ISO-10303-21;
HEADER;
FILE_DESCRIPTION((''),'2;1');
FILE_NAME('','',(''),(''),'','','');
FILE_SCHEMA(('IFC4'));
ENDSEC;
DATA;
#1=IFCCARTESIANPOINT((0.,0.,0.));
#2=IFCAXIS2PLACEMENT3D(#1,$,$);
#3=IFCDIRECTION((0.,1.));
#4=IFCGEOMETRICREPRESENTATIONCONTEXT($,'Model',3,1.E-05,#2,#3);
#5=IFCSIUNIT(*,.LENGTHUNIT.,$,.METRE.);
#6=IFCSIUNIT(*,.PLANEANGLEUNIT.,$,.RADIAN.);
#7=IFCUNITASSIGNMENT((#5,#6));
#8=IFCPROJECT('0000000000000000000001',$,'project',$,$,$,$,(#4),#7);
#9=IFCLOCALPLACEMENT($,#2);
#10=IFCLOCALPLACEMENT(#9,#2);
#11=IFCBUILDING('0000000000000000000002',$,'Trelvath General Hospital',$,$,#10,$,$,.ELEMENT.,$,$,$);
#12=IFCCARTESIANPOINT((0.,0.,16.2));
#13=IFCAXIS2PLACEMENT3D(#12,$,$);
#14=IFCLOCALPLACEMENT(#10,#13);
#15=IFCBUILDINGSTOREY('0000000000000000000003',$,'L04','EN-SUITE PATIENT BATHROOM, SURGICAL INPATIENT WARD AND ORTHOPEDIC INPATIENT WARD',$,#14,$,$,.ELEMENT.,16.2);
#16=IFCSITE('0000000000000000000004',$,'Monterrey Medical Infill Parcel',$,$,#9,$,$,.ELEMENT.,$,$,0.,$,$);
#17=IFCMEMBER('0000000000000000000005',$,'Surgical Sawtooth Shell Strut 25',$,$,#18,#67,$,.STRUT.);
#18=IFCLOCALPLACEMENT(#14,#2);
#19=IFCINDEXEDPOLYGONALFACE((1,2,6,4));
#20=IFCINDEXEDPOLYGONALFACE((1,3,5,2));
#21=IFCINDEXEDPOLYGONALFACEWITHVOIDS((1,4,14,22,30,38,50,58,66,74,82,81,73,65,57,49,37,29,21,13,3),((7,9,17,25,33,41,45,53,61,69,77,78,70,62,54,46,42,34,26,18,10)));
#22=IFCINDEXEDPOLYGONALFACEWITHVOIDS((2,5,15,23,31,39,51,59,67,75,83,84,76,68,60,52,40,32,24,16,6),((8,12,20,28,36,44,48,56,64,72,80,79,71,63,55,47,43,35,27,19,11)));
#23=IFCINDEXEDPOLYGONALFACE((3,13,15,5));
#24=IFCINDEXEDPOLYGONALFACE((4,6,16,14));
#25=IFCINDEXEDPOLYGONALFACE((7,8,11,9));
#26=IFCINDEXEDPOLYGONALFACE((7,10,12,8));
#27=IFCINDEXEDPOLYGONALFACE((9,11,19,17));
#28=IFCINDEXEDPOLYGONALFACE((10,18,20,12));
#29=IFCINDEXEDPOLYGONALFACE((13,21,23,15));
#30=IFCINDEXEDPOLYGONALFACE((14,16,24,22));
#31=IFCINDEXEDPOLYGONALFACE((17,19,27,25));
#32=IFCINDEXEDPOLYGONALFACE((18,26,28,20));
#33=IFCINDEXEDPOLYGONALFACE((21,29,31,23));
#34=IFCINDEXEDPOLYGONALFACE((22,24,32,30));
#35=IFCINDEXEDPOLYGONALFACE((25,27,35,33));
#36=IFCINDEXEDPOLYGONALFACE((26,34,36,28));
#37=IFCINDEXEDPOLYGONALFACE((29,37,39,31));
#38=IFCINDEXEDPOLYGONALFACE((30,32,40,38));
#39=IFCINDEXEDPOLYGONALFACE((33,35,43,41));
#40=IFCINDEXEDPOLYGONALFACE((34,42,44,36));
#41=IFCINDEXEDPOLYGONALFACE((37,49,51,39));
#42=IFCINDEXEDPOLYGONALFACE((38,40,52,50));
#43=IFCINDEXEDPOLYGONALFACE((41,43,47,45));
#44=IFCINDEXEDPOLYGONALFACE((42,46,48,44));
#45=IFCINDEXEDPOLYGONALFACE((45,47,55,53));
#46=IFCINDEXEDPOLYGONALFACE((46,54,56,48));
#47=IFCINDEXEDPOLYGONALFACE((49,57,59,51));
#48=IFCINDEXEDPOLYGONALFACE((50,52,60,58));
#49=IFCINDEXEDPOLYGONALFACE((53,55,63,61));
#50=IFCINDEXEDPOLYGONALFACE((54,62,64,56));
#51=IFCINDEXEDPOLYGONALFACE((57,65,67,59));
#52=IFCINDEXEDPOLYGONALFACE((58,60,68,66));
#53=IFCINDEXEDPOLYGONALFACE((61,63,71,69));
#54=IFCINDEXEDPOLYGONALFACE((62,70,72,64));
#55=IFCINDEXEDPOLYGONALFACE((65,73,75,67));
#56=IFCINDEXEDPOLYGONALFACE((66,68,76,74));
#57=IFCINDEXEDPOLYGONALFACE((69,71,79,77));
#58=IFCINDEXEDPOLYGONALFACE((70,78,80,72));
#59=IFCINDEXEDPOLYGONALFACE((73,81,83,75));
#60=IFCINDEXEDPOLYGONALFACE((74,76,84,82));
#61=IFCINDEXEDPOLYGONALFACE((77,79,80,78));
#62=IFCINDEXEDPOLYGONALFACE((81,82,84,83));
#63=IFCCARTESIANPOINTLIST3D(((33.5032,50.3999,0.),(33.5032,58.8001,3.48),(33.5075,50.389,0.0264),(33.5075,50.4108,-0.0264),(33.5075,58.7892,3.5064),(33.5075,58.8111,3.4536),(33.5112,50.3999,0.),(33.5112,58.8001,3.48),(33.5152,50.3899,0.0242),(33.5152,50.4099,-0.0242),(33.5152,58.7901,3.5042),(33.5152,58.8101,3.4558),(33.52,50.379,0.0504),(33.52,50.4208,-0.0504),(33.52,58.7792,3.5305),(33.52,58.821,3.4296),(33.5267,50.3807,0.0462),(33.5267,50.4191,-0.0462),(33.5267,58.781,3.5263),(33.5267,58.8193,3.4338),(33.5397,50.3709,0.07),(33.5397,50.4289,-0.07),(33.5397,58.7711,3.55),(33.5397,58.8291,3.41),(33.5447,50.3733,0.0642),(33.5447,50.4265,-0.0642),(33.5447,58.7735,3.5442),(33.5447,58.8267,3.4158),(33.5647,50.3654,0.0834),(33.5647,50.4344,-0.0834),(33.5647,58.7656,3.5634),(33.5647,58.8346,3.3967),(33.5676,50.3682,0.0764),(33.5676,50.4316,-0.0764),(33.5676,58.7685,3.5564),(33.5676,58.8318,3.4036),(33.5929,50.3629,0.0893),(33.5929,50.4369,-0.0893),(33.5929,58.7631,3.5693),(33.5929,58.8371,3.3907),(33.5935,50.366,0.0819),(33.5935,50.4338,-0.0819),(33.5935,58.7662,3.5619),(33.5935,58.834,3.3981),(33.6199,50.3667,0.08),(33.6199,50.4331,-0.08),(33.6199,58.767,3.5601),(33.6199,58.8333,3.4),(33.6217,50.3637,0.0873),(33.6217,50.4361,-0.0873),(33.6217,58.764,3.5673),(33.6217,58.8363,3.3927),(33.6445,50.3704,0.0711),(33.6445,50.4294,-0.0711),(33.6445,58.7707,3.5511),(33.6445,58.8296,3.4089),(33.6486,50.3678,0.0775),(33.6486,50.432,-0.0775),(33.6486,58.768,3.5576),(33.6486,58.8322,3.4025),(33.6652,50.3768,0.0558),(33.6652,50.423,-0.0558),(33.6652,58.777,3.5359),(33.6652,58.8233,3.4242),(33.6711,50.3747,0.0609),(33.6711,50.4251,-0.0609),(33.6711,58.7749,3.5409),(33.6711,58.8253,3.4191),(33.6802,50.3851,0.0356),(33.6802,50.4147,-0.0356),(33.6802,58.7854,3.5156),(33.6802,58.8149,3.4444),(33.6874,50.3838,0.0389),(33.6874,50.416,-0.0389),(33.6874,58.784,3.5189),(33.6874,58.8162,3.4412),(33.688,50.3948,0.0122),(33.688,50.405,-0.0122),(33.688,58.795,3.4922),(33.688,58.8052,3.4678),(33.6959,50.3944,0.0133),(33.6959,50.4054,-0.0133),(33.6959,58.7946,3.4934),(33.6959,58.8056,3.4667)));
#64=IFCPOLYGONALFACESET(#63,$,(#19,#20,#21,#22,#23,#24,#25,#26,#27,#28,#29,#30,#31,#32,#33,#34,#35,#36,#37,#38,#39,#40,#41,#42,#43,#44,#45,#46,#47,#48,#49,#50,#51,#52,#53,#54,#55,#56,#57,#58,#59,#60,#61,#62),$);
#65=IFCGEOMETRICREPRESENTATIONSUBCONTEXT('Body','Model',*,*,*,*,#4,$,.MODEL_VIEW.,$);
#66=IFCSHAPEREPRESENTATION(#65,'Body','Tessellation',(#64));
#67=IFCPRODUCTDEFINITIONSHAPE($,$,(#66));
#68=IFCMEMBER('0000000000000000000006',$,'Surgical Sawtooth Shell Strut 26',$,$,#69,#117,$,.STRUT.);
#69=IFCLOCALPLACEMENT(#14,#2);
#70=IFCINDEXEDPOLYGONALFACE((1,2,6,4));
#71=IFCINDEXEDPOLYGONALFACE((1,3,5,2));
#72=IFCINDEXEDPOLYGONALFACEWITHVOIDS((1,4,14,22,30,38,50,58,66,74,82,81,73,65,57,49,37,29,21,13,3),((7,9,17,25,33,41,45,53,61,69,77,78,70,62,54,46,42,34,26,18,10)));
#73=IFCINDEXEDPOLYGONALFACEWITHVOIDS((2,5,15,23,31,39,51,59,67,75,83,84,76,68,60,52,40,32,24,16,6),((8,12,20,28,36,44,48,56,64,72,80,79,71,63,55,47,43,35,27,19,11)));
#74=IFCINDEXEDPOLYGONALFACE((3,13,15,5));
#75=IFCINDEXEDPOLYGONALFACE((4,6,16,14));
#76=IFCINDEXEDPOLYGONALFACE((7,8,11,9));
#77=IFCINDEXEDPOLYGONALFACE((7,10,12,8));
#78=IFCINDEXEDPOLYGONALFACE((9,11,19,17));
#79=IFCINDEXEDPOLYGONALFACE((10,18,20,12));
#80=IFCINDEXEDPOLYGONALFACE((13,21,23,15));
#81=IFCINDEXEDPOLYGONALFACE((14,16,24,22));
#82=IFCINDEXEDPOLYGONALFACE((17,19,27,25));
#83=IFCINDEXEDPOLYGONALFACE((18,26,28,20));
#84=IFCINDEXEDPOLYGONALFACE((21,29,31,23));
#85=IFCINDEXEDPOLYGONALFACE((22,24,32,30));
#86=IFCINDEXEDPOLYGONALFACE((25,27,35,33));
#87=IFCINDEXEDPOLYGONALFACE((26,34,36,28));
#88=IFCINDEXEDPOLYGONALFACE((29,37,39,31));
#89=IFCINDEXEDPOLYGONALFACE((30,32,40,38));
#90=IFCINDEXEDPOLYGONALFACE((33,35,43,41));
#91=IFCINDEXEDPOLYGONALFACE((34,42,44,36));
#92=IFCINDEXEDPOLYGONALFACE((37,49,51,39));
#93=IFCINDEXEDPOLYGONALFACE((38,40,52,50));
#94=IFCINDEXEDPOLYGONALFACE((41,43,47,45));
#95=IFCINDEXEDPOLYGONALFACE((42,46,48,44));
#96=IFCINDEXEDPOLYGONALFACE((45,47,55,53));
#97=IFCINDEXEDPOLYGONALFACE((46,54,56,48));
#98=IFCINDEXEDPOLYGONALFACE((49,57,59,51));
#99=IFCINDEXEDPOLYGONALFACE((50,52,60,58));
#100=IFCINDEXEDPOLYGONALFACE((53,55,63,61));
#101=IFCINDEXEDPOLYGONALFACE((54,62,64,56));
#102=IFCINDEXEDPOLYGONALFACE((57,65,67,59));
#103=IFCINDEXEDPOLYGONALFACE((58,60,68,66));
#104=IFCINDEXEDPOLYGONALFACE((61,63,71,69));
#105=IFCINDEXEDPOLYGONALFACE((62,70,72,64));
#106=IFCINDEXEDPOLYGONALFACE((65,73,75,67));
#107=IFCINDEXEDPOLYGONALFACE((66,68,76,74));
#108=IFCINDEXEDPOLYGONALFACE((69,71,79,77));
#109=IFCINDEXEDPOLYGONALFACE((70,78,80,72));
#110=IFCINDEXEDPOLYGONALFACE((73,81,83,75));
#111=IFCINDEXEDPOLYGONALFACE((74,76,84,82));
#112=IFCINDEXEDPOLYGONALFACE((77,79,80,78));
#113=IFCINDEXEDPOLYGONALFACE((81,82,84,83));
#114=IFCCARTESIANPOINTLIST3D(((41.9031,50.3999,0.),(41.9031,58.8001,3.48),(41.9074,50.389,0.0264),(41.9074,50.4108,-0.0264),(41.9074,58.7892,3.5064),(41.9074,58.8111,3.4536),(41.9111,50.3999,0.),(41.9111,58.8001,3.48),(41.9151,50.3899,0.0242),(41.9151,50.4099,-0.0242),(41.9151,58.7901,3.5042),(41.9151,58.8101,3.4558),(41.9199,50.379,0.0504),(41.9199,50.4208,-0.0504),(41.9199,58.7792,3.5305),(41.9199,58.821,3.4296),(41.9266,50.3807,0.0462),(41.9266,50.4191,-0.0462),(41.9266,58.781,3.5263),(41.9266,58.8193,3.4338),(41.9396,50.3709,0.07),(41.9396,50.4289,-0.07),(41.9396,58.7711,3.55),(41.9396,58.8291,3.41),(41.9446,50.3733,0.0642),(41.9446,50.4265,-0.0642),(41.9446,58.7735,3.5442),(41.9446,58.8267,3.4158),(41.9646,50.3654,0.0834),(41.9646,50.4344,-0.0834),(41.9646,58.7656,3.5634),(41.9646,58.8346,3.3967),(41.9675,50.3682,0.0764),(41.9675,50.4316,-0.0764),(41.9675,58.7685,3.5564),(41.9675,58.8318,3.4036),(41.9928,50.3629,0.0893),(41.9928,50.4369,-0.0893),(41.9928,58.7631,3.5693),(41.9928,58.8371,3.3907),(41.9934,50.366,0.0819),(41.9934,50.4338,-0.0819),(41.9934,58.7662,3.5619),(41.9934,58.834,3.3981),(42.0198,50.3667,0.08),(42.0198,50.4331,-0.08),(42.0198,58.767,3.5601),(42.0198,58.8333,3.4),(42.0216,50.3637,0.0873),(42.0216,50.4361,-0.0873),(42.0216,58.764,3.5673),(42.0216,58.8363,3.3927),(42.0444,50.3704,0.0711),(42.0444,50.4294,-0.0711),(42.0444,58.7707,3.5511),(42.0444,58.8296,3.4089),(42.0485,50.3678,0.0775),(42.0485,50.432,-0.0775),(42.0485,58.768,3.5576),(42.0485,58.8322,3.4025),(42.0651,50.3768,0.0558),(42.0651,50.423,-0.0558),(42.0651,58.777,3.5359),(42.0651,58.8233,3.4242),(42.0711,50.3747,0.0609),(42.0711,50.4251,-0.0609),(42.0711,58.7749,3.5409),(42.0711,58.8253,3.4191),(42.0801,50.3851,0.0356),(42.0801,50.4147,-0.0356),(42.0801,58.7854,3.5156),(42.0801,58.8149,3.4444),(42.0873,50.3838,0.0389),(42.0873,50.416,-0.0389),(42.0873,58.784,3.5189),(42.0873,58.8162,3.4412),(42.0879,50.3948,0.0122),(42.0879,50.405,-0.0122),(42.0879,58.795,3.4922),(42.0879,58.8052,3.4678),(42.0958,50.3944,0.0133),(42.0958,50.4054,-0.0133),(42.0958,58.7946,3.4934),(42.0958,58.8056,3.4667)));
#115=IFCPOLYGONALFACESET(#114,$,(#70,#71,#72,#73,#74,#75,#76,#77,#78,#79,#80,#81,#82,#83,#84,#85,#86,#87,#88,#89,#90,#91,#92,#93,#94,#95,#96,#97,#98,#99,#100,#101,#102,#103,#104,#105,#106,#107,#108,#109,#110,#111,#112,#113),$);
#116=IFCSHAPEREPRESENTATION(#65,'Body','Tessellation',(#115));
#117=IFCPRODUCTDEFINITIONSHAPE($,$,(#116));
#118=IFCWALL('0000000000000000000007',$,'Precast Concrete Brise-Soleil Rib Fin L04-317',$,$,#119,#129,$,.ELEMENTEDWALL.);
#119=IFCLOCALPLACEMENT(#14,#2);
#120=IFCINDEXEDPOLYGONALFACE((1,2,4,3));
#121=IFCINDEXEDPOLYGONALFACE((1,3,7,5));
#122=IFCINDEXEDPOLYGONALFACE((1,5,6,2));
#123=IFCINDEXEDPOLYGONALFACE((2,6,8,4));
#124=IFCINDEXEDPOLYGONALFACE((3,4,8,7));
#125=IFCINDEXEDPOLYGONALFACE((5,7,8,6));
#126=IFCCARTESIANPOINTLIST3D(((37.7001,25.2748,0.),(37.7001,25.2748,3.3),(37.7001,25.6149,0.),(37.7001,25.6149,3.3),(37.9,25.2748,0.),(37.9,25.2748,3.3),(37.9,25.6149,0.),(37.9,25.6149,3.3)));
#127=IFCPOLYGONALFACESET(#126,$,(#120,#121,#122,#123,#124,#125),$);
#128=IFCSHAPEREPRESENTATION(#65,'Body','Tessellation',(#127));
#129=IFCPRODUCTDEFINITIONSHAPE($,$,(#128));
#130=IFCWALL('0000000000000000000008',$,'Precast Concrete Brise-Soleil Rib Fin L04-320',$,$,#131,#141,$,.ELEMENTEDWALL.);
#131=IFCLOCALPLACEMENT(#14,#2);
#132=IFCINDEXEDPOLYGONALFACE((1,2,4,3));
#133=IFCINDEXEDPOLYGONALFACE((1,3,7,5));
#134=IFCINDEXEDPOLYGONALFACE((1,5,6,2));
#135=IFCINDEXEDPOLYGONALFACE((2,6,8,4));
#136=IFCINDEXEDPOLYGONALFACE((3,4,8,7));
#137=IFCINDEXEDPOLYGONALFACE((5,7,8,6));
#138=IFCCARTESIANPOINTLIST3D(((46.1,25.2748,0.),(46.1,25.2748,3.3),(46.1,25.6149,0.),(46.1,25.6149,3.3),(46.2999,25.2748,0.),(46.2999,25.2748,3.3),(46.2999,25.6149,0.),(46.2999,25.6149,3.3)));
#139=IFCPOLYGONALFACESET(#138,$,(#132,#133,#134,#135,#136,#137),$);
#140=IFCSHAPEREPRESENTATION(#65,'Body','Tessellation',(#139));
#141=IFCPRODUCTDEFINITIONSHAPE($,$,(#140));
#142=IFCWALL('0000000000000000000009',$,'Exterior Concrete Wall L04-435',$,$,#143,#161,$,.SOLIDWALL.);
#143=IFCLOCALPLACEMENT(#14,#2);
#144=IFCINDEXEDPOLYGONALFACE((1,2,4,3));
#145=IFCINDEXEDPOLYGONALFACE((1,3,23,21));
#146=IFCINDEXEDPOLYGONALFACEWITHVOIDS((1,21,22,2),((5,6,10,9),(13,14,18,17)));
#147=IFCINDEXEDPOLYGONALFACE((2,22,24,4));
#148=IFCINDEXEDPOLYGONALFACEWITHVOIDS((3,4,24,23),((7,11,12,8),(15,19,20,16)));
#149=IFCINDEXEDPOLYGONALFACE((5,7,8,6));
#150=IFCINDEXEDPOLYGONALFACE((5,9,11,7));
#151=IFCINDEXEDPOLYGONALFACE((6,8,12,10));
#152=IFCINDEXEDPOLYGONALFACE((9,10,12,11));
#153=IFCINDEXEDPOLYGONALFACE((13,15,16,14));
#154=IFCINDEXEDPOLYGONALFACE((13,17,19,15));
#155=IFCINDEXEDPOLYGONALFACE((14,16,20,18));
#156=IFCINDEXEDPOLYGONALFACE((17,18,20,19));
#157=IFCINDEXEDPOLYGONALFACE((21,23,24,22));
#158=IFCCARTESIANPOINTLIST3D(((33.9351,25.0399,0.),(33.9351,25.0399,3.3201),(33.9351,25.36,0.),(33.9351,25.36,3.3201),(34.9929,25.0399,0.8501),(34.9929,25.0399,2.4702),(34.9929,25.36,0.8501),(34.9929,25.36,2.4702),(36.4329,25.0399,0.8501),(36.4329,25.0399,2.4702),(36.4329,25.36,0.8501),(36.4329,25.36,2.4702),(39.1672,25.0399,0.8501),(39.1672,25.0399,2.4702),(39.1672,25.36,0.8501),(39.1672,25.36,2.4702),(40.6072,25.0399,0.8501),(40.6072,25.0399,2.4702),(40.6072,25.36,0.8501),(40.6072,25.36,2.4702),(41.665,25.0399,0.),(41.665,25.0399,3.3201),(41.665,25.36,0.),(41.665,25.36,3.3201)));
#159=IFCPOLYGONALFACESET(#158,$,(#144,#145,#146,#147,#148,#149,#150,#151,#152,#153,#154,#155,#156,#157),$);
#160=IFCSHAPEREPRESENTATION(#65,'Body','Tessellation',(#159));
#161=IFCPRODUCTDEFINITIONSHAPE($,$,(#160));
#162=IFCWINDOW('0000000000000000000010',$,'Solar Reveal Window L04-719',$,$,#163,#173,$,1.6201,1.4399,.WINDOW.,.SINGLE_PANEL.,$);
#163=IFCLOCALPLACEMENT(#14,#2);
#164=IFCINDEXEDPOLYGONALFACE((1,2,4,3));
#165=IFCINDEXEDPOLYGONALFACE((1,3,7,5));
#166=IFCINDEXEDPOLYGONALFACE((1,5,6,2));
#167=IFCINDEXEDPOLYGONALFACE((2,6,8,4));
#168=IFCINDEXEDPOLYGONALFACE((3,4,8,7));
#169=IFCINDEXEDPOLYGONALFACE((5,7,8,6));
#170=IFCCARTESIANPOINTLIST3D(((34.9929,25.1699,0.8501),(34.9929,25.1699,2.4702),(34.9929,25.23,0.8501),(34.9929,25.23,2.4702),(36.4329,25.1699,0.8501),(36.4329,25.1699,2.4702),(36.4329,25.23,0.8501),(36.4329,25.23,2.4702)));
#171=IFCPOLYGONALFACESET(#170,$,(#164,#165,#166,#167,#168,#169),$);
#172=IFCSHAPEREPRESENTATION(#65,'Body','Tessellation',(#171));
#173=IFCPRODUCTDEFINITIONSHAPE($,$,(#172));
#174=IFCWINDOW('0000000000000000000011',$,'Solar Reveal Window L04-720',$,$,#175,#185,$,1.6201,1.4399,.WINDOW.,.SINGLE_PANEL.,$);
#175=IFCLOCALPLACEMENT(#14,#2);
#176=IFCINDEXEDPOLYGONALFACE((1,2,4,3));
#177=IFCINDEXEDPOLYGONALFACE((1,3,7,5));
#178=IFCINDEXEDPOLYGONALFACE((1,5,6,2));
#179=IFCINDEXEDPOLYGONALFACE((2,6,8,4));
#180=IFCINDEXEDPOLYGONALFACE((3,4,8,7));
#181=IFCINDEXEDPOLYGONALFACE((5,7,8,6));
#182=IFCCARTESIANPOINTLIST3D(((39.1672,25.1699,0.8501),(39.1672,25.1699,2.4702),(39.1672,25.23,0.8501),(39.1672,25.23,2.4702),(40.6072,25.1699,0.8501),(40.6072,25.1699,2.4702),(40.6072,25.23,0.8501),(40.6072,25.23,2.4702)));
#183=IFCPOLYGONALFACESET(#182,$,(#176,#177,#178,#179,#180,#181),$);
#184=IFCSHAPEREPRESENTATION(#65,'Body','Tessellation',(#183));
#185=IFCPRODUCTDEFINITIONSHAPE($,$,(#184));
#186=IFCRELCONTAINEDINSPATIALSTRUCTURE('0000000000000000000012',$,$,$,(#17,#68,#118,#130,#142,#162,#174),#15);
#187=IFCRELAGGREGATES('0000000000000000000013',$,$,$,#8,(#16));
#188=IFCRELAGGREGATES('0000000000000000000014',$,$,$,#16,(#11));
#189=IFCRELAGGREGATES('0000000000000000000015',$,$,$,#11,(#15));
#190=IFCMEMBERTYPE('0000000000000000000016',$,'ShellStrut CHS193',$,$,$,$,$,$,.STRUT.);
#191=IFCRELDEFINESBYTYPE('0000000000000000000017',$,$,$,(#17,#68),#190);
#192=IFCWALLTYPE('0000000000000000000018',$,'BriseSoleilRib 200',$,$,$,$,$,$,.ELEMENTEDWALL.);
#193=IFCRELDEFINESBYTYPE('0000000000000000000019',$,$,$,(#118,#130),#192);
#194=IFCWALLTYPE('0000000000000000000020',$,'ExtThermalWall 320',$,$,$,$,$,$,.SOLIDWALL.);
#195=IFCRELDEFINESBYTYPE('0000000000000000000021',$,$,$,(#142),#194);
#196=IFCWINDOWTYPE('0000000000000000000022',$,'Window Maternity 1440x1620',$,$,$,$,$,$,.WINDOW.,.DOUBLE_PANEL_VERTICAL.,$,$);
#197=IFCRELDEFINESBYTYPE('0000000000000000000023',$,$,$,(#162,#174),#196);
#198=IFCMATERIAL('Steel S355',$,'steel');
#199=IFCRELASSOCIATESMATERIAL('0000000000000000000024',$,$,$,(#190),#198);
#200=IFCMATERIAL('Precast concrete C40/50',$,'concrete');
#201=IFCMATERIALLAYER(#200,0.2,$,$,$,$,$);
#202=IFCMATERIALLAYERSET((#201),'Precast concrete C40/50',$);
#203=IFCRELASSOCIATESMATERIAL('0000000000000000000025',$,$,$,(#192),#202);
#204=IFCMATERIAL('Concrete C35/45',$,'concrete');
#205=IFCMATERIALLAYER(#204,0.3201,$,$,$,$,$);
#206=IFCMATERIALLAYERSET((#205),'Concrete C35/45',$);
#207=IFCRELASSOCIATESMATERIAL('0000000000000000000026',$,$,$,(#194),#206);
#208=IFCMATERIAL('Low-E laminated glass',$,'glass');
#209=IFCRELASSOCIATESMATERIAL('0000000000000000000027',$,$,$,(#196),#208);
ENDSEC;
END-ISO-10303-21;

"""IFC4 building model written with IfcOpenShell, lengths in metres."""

from ifc_helpers import new_model, si_unit, direction, frame, frame_2d, origin, origin_2d, place, context, subcontext, project, spatial, rectangle, hollow_circle, extrude, material, layer, layer_set, material_profile, profile_set, type_object, element, fill, save


model = new_model("IFC4")

# Units and contexts
model_context = context("Model", 3, precision=1e-05, world=origin(), true_north=direction((0.0, 1.0)))
body_context = subcontext(model_context, "Body", "Model", "MODEL_VIEW")
ifc_project = project(units=[si_unit("LENGTHUNIT", "METRE"), si_unit("PLANEANGLEUNIT", "RADIAN")], contexts=[model_context])

# Site, building, storey
site_placement = place(None, origin())
site = spatial("IfcSite", under=ifc_project, at=site_placement, Name="Monterrey Medical Infill Parcel", CompositionType="ELEMENT", RefElevation=0.0)
building_placement = place(site_placement, origin())
building = spatial("IfcBuilding", under=site, at=building_placement, Name="Trelvath General Hospital", CompositionType="ELEMENT")
storey_placement = place(building_placement, frame((0.0, 0.0, 16.2)))
storey = spatial("IfcBuildingStorey", under=building, at=storey_placement, Name="L04", Description="EN-SUITE PATIENT BATHROOM, SURGICAL INPATIENT WARD AND ORTHOPEDIC INPATIENT WARD", CompositionType="ELEMENT", Elevation=16.2)

# Members
ifc_material_1 = material(Name="Steel S355", Category="steel")
ifc_material_profile_1 = material_profile(ifc_material_1, hollow_circle(Radius=0.0969, WallThickness=0.0081, at=origin_2d()), Name="CHS193.7x8.0")
ifc_profile_set_1 = profile_set([ifc_material_profile_1], Name="Steel S355")
member_type_1 = type_object("IfcMemberType", Name="ShellStrut CHS193", PredefinedType="STRUT", material=ifc_profile_set_1)
for number, where, z_axis, x_axis, name in (
    (1, (33.6001, 50.3999, 0.0), (0.0, 0.923859, 0.382733), (-1.0, 0.0, 0.0), "Surgical Sawtooth Shell Strut 25"),
    (2, (42.0, 50.3999, 0.0), (0.0, 0.923859, 0.382733), (-1.0, 0.0, 0.0), "Surgical Sawtooth Shell Strut 26"),
):
    element("IfcMember", number, at=place(storey_placement, frame(where, z_axis=z_axis, x_axis=x_axis)), inside=storey, type_object=member_type_1, Name=name, PredefinedType="STRUT", context=body_context, shape_type="SweptSolid", body=[
        extrude(hollow_circle(Radius=0.0969, WallThickness=0.0081, at=origin_2d()), origin(), (0.0, 0.0, 1.0), 9.0925),
    ])

# Walls
ifc_material_2 = material(Name="Precast concrete C40/50", Category="concrete")
ifc_layer_1 = layer(ifc_material_2, 0.2)
ifc_layer_set_1 = layer_set([ifc_layer_1], Name="Precast concrete C40/50")
wall_type_1 = type_object("IfcWallType", Name="BriseSoleilRib 200", PredefinedType="ELEMENTEDWALL", material=ifc_layer_set_1)
for number, where, z_axis, x_axis, name in (
    (3, (37.8, 25.2749, 0.0), (0.0, 0.0, 1.0), (0.0, 1.0, 0.0), "Precast Concrete Brise-Soleil Rib Fin L04-317"),
    (4, (46.2, 25.2749, 0.0), (0.0, 0.0, 1.0), (0.0, 1.0, 0.0), "Precast Concrete Brise-Soleil Rib Fin L04-320"),
):
    element("IfcWall", number, at=place(storey_placement, frame(where, z_axis=z_axis, x_axis=x_axis)), inside=storey, type_object=wall_type_1, Name=name, PredefinedType="ELEMENTEDWALL", context=body_context, shape_type="SweptSolid", body=[
        extrude(rectangle(XDim=0.3401, YDim=0.2, at=frame_2d((0.1699, 0.0))), origin(), (0.0, 0.0, 1.0), 3.3),
    ])

# Wall, openings, windows
ifc_material_3 = material(Name="Concrete C35/45", Category="concrete")
ifc_layer_2 = layer(ifc_material_3, 0.3201)
ifc_layer_set_2 = layer_set([ifc_layer_2], Name="Concrete C35/45")
wall_type_2 = type_object("IfcWallType", Name="ExtThermalWall 320", PredefinedType="SOLIDWALL", material=ifc_layer_set_2)
wall_1_placement = place(storey_placement, frame((33.9351, 25.2, 0.0), z_axis=(0.0, 0.0, 1.0), x_axis=(1.0, 0.0, 0.0)))
wall_1 = element("IfcWall", 5, at=wall_1_placement, inside=storey, type_object=wall_type_2, Name="Exterior Concrete Wall L04-435", PredefinedType="SOLIDWALL", context=body_context, shape_type="SweptSolid", body=[
    extrude(rectangle(XDim=7.73, YDim=0.3201, at=frame_2d((3.865, 0.0))), origin(), (0.0, 0.0, 1.0), 3.3201),
])
opening_1_placement = place(wall_1_placement, frame((1.0579, 0.0, 0.8501)))
opening_1 = element("IfcOpeningElement", 6, at=opening_1_placement, cuts=wall_1, PredefinedType="OPENING", context=body_context, shape_type="SweptSolid", body=[
    extrude(rectangle(XDim=1.4399, YDim=1.6201, at=frame_2d((0.72, 0.8101))), frame((0.0, 0.1699, 0.0), z_axis=(0.0, -1.0, 0.0), x_axis=(1.0, 0.0, 0.0)), (0.0, 0.0, 1.0), 0.3401),
])
opening_2_placement = place(wall_1_placement, frame((5.2322, 0.0, 0.8501)))
opening_2 = element("IfcOpeningElement", 7, at=opening_2_placement, cuts=wall_1, PredefinedType="OPENING", context=body_context, shape_type="SweptSolid", body=[
    extrude(rectangle(XDim=1.4399, YDim=1.6201, at=frame_2d((0.72, 0.8101))), frame((0.0, 0.1699, 0.0), z_axis=(0.0, -1.0, 0.0), x_axis=(1.0, 0.0, 0.0)), (0.0, 0.0, 1.0), 0.3401),
])
ifc_material_4 = material(Name="Low-E laminated glass", Category="glass")
window_type_1 = type_object("IfcWindowType", Name="Window Maternity 1440x1620", PartitioningType="DOUBLE_PANEL_VERTICAL", PredefinedType="WINDOW", material=ifc_material_4)
window_1_placement = place(opening_1_placement, origin())
window_1 = element("IfcWindow", 8, at=window_1_placement, inside=storey, type_object=window_type_1, Name="Solar Reveal Window L04-719", OverallHeight=1.6201, OverallWidth=1.4399, PartitioningType="SINGLE_PANEL", PredefinedType="WINDOW", context=body_context, shape_type="SweptSolid", body=[
    extrude(rectangle(XDim=1.4399, YDim=1.6201, at=frame_2d((0.72, 0.8101))), frame((0.0, 0.03, 0.0), z_axis=(0.0, -1.0, 0.0), x_axis=(1.0, 0.0, 0.0)), (0.0, 0.0, 1.0), 0.0601),
])
fill(opening_1, window_1)
window_2_placement = place(opening_2_placement, origin())
window_2 = element("IfcWindow", 9, at=window_2_placement, inside=storey, type_object=window_type_1, Name="Solar Reveal Window L04-720", OverallHeight=1.6201, OverallWidth=1.4399, PartitioningType="SINGLE_PANEL", PredefinedType="WINDOW", context=body_context, shape_type="SweptSolid", body=[
    extrude(rectangle(XDim=1.4399, YDim=1.6201, at=frame_2d((0.72, 0.8101))), frame((0.0, 0.03, 0.0), z_axis=(0.0, -1.0, 0.0), x_axis=(1.0, 0.0, 0.0)), (0.0, 0.0, 1.0), 0.0601),
])
fill(opening_2, window_2)

save(model, "model.ifc")
